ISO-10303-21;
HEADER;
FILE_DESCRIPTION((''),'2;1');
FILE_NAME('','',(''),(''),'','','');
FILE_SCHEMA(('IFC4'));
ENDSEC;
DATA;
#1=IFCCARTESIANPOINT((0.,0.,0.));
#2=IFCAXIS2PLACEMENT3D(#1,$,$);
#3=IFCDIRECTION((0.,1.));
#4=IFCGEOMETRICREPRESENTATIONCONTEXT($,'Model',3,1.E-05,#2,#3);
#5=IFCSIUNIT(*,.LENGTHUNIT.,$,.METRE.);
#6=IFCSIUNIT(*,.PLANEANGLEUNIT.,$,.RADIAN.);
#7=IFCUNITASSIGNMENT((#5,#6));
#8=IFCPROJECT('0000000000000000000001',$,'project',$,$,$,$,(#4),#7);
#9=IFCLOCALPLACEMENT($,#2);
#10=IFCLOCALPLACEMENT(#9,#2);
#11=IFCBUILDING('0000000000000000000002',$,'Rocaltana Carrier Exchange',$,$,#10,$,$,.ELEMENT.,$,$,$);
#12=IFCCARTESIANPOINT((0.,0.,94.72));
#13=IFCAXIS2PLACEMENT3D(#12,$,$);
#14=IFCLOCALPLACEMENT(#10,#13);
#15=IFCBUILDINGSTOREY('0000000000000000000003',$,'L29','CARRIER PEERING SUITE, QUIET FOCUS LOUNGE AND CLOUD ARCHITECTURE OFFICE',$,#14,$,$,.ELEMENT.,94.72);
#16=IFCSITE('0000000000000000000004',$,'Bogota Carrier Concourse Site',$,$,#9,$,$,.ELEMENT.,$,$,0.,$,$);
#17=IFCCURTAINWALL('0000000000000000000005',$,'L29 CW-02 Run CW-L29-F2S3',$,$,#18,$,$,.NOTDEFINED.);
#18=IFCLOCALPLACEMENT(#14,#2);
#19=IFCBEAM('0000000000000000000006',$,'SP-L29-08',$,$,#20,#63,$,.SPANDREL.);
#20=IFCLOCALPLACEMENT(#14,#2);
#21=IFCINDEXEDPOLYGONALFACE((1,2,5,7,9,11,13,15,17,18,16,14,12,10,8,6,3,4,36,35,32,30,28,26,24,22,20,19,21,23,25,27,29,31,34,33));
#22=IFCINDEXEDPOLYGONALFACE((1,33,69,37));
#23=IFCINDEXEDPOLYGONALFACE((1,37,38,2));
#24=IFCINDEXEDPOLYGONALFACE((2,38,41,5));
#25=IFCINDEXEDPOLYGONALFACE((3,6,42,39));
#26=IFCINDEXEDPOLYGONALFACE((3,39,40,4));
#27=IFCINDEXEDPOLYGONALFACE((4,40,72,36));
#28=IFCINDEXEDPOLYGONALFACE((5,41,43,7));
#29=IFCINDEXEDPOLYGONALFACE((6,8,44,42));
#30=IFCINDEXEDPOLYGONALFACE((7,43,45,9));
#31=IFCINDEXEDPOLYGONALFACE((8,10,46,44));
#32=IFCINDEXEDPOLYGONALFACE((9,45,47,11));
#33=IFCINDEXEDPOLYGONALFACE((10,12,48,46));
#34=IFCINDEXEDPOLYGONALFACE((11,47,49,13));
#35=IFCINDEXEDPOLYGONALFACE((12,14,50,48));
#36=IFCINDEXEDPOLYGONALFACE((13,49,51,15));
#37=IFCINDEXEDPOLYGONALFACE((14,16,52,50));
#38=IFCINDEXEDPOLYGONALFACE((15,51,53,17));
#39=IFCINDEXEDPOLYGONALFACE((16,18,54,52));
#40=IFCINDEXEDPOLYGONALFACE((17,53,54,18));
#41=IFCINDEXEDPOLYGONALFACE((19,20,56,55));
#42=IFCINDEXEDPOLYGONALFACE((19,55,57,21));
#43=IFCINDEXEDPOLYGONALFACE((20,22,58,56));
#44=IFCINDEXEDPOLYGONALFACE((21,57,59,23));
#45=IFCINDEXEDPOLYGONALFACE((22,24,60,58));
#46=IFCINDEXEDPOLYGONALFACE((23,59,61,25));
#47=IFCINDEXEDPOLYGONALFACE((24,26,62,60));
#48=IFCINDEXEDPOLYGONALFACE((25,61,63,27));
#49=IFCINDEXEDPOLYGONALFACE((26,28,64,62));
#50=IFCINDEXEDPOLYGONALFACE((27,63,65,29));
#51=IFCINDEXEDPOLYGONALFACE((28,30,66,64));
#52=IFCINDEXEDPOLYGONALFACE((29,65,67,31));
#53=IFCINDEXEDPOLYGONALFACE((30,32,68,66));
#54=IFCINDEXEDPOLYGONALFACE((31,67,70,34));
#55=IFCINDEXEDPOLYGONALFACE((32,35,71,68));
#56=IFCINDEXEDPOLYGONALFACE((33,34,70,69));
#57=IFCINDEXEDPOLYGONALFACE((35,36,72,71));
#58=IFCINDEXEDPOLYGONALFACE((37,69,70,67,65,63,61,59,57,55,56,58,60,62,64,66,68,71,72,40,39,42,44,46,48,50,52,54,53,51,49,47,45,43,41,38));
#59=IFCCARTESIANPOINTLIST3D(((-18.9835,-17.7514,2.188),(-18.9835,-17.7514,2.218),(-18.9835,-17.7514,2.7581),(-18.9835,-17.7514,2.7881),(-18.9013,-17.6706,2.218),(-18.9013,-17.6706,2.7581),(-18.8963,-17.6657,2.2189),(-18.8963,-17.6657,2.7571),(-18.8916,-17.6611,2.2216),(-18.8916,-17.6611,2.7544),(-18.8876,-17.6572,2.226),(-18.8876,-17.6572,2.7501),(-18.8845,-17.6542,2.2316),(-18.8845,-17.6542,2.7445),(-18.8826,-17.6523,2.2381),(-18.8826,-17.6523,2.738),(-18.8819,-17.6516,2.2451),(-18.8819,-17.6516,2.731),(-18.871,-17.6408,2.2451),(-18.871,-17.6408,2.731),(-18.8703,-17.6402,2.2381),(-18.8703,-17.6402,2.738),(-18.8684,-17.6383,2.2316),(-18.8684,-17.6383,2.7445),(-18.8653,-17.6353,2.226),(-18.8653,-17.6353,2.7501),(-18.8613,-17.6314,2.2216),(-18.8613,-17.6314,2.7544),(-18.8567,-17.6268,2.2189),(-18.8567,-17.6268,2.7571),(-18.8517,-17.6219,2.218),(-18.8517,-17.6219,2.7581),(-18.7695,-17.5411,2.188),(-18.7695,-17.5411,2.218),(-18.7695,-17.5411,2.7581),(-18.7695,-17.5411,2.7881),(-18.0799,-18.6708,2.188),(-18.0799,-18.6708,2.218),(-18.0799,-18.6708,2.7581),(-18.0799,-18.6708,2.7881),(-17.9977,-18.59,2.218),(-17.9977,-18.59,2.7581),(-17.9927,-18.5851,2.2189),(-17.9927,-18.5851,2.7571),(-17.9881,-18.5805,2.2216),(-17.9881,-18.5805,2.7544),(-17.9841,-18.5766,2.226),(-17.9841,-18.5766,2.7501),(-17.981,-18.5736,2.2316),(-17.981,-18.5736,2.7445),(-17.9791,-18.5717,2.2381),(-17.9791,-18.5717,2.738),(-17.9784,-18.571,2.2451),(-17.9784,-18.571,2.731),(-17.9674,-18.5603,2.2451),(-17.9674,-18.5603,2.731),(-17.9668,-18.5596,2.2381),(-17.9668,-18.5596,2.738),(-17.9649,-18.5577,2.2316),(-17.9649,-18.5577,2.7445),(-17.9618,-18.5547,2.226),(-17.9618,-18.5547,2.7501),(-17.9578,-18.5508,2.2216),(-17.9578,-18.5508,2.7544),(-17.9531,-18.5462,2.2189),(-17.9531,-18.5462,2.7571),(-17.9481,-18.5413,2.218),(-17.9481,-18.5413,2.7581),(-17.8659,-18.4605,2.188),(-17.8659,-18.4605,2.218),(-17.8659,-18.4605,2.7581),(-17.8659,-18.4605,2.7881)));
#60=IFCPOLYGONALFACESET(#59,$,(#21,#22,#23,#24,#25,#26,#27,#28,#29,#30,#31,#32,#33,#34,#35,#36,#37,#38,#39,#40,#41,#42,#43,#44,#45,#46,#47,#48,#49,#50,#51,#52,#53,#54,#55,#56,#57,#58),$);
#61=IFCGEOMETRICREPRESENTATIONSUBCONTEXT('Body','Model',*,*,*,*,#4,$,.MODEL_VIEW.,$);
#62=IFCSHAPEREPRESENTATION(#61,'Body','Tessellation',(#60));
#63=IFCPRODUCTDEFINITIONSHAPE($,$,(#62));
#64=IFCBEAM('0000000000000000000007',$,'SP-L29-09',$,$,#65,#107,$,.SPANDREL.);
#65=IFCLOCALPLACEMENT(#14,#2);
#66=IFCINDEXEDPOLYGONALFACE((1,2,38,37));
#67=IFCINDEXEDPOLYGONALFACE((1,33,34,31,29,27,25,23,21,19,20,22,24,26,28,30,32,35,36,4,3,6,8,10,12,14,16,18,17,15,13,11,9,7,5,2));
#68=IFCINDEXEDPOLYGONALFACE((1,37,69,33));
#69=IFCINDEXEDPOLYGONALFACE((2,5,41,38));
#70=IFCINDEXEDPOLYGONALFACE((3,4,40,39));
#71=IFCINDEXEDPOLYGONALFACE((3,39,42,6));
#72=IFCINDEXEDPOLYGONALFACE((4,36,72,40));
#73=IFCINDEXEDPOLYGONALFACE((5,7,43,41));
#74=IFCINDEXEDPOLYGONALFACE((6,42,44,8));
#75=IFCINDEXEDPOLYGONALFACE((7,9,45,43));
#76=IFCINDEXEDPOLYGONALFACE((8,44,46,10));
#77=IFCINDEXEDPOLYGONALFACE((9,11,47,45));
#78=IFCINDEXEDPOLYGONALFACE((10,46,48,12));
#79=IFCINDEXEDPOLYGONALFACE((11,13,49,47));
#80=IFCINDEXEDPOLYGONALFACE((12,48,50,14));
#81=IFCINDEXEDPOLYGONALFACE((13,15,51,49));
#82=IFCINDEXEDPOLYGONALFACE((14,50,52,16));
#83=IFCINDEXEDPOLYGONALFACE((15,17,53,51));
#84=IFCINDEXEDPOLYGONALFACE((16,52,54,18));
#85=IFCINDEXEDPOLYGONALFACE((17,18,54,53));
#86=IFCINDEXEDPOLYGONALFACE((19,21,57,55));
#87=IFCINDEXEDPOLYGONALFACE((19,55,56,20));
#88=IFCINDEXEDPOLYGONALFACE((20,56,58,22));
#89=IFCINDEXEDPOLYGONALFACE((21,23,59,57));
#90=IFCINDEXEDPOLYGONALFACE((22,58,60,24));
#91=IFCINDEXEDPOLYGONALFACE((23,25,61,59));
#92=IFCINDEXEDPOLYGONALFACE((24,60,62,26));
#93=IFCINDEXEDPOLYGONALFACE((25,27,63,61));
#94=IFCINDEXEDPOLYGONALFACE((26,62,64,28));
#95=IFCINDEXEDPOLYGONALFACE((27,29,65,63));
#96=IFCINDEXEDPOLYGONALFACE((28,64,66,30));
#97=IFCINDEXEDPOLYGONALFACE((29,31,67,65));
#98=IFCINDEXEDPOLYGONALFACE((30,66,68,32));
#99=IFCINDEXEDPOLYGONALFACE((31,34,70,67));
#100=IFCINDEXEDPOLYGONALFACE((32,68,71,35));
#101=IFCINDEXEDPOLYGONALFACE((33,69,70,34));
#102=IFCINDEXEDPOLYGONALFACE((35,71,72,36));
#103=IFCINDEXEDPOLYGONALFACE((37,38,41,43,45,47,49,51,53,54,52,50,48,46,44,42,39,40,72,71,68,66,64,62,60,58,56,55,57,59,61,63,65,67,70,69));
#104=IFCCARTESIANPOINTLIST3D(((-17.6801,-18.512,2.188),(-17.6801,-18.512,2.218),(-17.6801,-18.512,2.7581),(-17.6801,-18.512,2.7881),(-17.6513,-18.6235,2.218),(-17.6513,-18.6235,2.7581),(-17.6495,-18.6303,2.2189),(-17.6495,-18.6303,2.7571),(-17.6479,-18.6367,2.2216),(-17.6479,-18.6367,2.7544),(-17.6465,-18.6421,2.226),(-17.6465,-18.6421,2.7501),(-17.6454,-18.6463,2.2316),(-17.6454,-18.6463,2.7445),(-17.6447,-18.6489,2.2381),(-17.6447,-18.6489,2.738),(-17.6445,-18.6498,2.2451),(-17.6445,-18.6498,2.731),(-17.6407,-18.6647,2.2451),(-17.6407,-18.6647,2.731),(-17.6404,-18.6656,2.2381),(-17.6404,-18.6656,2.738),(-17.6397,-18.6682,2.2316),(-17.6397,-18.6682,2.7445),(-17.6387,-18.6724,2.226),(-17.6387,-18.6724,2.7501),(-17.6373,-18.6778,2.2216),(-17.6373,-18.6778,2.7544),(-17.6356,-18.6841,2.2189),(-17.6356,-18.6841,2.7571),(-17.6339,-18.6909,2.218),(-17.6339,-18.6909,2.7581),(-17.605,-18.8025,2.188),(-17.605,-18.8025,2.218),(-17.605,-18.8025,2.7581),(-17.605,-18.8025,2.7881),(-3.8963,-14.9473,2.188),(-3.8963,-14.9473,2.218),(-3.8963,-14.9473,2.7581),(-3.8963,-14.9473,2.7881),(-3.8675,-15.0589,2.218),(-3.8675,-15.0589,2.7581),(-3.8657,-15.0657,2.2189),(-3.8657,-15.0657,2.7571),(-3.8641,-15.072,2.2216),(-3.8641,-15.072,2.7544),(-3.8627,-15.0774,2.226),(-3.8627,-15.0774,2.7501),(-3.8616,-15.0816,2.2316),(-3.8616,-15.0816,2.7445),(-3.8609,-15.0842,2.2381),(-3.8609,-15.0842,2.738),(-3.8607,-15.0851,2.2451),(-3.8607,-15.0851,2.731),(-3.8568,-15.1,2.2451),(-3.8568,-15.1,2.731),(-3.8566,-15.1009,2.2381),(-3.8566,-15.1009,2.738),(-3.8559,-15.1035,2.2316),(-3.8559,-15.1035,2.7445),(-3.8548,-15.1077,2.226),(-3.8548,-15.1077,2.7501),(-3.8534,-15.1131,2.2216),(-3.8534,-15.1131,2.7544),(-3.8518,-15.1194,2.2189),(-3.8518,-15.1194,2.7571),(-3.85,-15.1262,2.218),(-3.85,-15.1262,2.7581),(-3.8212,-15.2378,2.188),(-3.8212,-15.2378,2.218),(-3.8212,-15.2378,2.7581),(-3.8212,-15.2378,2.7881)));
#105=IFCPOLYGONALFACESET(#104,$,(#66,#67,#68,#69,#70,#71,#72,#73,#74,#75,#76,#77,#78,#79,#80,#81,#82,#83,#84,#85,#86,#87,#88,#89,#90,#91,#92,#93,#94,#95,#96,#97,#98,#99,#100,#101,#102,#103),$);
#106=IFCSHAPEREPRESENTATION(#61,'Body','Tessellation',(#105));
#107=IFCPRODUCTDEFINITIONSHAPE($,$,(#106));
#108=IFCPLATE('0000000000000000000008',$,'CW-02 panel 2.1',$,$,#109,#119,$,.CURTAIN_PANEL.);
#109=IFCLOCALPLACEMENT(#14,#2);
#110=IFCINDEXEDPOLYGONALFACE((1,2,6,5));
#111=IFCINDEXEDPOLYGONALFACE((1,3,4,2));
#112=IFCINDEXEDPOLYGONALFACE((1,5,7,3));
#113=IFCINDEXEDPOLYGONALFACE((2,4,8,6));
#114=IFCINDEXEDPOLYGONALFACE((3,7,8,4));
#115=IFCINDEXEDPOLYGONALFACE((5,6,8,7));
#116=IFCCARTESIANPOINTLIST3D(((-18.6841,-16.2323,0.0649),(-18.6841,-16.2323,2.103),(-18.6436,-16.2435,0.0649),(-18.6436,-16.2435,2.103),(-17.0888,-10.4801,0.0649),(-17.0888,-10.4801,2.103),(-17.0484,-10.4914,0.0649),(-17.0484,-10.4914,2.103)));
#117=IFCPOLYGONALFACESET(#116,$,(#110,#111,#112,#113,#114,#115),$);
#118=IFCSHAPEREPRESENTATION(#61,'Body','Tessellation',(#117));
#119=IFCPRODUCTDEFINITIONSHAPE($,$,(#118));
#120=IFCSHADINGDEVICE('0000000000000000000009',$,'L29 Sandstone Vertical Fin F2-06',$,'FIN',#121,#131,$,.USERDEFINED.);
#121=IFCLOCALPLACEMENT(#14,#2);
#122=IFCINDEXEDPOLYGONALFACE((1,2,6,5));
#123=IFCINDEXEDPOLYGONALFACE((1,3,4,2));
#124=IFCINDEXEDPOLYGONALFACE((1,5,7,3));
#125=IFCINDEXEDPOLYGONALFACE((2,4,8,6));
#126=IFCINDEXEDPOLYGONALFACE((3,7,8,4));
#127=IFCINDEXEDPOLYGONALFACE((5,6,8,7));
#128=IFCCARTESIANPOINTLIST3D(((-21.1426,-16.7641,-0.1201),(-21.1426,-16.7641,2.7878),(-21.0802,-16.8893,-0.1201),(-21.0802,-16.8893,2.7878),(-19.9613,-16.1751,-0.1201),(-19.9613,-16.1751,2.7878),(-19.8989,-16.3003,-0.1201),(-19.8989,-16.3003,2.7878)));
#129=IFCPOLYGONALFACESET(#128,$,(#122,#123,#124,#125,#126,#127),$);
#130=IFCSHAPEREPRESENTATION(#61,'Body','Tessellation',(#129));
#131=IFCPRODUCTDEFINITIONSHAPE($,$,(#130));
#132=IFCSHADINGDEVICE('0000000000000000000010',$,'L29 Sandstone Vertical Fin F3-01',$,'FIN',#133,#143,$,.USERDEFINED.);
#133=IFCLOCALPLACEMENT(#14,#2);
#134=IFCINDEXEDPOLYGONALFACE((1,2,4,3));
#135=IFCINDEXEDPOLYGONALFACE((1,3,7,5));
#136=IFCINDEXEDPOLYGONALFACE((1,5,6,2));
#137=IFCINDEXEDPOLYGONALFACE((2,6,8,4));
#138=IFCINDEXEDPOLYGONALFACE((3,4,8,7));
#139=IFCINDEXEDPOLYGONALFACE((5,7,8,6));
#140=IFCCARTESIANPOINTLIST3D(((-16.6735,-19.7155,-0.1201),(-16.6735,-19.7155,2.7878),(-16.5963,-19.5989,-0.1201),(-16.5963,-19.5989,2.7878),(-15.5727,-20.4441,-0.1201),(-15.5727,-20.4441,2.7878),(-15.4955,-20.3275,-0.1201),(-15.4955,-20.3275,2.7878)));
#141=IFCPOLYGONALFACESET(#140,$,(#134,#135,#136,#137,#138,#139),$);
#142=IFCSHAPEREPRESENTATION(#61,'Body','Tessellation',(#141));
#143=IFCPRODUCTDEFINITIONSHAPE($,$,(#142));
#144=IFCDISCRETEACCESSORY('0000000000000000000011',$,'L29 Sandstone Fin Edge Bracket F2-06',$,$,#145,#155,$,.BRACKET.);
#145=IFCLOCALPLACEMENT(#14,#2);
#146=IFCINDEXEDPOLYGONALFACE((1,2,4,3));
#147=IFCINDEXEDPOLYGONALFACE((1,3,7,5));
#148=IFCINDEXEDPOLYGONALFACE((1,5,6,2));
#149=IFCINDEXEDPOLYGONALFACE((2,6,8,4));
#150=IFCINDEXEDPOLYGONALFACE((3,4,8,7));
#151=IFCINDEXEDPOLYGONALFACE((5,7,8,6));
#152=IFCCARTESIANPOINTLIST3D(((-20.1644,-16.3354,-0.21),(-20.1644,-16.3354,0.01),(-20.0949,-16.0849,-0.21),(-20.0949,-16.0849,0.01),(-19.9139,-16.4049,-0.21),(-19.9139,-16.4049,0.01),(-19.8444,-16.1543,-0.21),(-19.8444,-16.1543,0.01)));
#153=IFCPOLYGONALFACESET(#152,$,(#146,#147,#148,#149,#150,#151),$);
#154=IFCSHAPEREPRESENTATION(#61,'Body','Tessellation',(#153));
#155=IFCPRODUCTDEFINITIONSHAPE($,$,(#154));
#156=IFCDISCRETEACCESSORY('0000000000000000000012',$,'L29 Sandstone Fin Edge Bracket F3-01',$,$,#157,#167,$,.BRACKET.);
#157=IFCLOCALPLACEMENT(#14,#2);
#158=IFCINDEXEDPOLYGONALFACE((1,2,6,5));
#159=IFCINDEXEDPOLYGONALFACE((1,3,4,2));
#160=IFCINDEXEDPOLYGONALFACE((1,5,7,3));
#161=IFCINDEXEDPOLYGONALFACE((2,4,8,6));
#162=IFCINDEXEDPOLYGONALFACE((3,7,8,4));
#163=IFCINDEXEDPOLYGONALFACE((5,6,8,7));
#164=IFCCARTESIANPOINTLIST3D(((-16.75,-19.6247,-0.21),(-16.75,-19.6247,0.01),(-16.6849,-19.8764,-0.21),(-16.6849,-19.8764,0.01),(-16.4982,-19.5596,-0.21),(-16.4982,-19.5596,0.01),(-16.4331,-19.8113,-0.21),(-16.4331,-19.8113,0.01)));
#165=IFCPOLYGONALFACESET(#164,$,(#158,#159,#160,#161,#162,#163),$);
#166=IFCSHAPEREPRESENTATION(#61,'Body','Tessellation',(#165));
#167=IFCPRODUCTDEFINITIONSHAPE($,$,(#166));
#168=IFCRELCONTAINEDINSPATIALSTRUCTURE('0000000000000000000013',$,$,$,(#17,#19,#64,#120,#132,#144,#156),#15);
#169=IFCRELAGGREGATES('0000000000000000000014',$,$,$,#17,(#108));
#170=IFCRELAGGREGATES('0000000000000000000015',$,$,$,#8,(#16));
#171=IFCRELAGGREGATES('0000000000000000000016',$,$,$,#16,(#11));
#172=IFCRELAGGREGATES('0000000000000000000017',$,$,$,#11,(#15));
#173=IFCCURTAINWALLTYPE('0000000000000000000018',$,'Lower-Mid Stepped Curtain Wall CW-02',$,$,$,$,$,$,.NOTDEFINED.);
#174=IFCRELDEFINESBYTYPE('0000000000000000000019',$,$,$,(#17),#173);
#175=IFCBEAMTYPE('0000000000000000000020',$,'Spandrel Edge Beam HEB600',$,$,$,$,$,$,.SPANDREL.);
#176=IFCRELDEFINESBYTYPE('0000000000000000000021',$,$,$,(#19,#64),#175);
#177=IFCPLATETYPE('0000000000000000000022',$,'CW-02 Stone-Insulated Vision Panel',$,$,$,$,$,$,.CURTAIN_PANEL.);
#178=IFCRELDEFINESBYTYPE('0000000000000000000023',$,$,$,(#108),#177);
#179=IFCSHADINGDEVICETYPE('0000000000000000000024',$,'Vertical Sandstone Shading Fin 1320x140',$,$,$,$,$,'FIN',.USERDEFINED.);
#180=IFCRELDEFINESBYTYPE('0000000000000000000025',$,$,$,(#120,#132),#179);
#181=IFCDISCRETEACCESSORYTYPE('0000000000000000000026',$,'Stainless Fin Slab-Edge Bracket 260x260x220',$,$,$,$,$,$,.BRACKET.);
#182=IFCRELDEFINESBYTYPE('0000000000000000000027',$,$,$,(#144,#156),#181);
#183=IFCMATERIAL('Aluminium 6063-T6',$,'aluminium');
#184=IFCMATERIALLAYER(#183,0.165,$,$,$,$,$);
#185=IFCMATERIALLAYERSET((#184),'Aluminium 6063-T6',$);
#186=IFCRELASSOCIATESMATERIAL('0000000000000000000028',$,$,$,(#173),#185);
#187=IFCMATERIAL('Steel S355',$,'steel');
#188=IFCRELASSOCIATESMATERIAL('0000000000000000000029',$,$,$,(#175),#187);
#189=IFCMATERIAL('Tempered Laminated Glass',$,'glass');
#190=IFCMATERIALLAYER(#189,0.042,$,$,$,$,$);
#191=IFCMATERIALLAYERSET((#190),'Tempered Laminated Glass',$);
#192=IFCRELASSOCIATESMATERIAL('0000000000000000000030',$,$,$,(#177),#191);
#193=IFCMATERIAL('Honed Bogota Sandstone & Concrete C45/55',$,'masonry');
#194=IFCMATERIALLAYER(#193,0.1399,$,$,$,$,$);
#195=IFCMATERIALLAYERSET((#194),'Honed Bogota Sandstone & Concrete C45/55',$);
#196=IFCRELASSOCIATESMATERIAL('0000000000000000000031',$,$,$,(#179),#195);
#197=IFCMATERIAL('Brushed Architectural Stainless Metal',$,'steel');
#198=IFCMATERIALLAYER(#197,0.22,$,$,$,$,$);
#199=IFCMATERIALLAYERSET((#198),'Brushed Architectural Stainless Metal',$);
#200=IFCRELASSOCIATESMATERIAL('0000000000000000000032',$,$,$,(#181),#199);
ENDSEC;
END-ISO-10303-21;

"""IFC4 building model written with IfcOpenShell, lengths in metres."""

from ifc_helpers import new_model, si_unit, direction, frame, origin, origin_2d, place, context, subcontext, project, spatial, rectangle, i_section, extrude, material, layer, layer_set, material_profile, profile_set, type_object, element, aggregate, save


model = new_model("IFC4")

# Units and contexts
model_context = context("Model", 3, precision=1e-05, world=origin(), true_north=direction((0.0, 1.0)))
body_context = subcontext(model_context, "Body", "Model", "MODEL_VIEW")
ifc_project = project(units=[si_unit("LENGTHUNIT", "METRE"), si_unit("PLANEANGLEUNIT", "RADIAN")], contexts=[model_context])

# Site, building, storey
site_placement = place(None, origin())
site = spatial("IfcSite", under=ifc_project, at=site_placement, Name="Bogota Carrier Concourse Site", CompositionType="ELEMENT", RefElevation=0.0)
building_placement = place(site_placement, origin())
building = spatial("IfcBuilding", under=site, at=building_placement, Name="Rocaltana Carrier Exchange", CompositionType="ELEMENT")
storey_placement = place(building_placement, frame((0.0, 0.0, 94.72)))
storey = spatial("IfcBuildingStorey", under=building, at=storey_placement, Name="L29", Description="CARRIER PEERING SUITE, QUIET FOCUS LOUNGE AND CLOUD ARCHITECTURE OFFICE", CompositionType="ELEMENT", Elevation=94.72)

# Curtain wall
ifc_material_1 = material(Name="Aluminium 6063-T6", Category="aluminium")
ifc_layer_1 = layer(ifc_material_1, 0.165)
ifc_layer_set_1 = layer_set([ifc_layer_1], Name="Aluminium 6063-T6")
curtain_wall_type = type_object("IfcCurtainWallType", Name="Lower-Mid Stepped Curtain Wall CW-02", PredefinedType="NOTDEFINED", material=ifc_layer_set_1)
curtain_wall_1_placement = place(storey_placement, origin())
curtain_wall_1 = element("IfcCurtainWall", 1, at=curtain_wall_1_placement, inside=storey, type_object=curtain_wall_type, Name="L29 CW-02 Run CW-L29-F2S3", PredefinedType="NOTDEFINED")

# Beams
ifc_material_2 = material(Name="Steel S355", Category="steel")
ifc_material_profile_1 = material_profile(ifc_material_2, i_section(OverallWidth=0.3, OverallDepth=0.6001, WebThickness=0.0154, FlangeThickness=0.03, FilletRadius=0.0271, at=origin_2d()), Name="HEB600")
ifc_profile_set_1 = profile_set([ifc_material_profile_1], Name="Steel S355")
beam_type_1 = type_object("IfcBeamType", Name="Spandrel Edge Beam HEB600", PredefinedType="SPANDREL", material=ifc_profile_set_1)
beam_1_placement = place(storey_placement, frame((-18.8765, -17.6462, 2.488), z_axis=(0.700925, -0.713235, 0.0), x_axis=(0.713235, 0.700925, 0.0)))
element("IfcBeam", 2, at=beam_1_placement, inside=storey, type_object=beam_type_1, Name="SP-L29-08", PredefinedType="SPANDREL", context=body_context, shape_type="SweptSolid", body=[
    extrude(i_section(OverallWidth=0.3, OverallDepth=0.6001, WebThickness=0.0154, FlangeThickness=0.03, FilletRadius=0.0271, at=origin_2d()), origin(), (0.0, 0.0, 1.0), 1.2891),
])
beam_2_placement = place(storey_placement, frame((-17.6426, -18.6572, 2.488), z_axis=(0.968149, 0.250375, 0.0), x_axis=(-0.250375, 0.968149, 0.0)))
element("IfcBeam", 3, at=beam_2_placement, inside=storey, type_object=beam_type_1, Name="SP-L29-09", PredefinedType="SPANDREL", context=body_context, shape_type="SweptSolid", body=[
    extrude(i_section(OverallWidth=0.3, OverallDepth=0.6001, WebThickness=0.0154, FlangeThickness=0.03, FilletRadius=0.0271, at=origin_2d()), origin(), (0.0, 0.0, 1.0), 14.2373),
])

# Plate
ifc_material_3 = material(Name="Tempered Laminated Glass", Category="glass")
ifc_layer_2 = layer(ifc_material_3, 0.042)
ifc_layer_set_2 = layer_set([ifc_layer_2], Name="Tempered Laminated Glass")
plate_type = type_object("IfcPlateType", Name="CW-02 Stone-Insulated Vision Panel", PredefinedType="CURTAIN_PANEL", material=ifc_layer_set_2)
plate_placement = place(storey_placement, frame((-17.8662, -13.3618, 0.0649), z_axis=(0.0, 0.0, 1.0), x_axis=(-0.267243, -0.963629, 0.0)))
plate = element("IfcPlate", 4, at=plate_placement, type_object=plate_type, Name="CW-02 panel 2.1", PredefinedType="CURTAIN_PANEL", context=body_context, shape_type="SweptSolid", body=[
    extrude(rectangle(XDim=5.9692, YDim=0.042, at=origin_2d()), origin(), (0.0, 0.0, 1.0), 2.0381),
])
aggregate(curtain_wall_1, [plate])

# Shading devices
ifc_material_4 = material(Name="Honed Bogota Sandstone & Concrete C45/55", Category="masonry")
ifc_layer_3 = layer(ifc_material_4, 0.1399)
ifc_layer_set_3 = layer_set([ifc_layer_3], Name="Honed Bogota Sandstone & Concrete C45/55")
shading_device_type = type_object("IfcShadingDeviceType", Name="Vertical Sandstone Shading Fin 1320x140", ElementType="FIN", PredefinedType="USERDEFINED", material=ifc_layer_set_3)
for number, where, z_axis, x_axis, name in (
    (5, (-20.5208, -16.5322, -0.1201), (0.0, 0.0, 1.0), (-0.894934, -0.446198, 0.0), "L29 Sandstone Vertical Fin F2-06"),
    (6, (-16.0845, -20.0215, -0.1201), (0.0, 0.0, 1.0), (0.833886, -0.551937, 0.0), "L29 Sandstone Vertical Fin F3-01"),
):
    element("IfcShadingDevice", number, at=place(storey_placement, frame(where, z_axis=z_axis, x_axis=x_axis)), inside=storey, type_object=shading_device_type, Name=name, ObjectType="FIN", PredefinedType="USERDEFINED", context=body_context, shape_type="SweptSolid", body=[
        extrude(rectangle(XDim=1.3201, YDim=0.1399, at=origin_2d()), origin(), (0.0, 0.0, 1.0), 2.908),
    ])

# Discrete accessories
ifc_material_5 = material(Name="Brushed Architectural Stainless Metal", Category="steel")
ifc_layer_4 = layer(ifc_material_5, 0.22)
ifc_layer_set_4 = layer_set([ifc_layer_4], Name="Brushed Architectural Stainless Metal")
discrete_accessory_type = type_object("IfcDiscreteAccessoryType", Name="Stainless Fin Slab-Edge Bracket 260x260x220", PredefinedType="BRACKET", material=ifc_layer_set_4)
for number, where, z_axis, x_axis, name in (
    (7, (-20.0044, -16.2449, -0.21), (0.0, 0.0, 1.0), (-0.267238, -0.96363, 0.0), "L29 Sandstone Fin Edge Bracket F2-06"),
    (8, (-16.5916, -19.718, -0.21), (0.0, 0.0, 1.0), (0.968148, 0.25038, 0.0), "L29 Sandstone Fin Edge Bracket F3-01"),
):
    element("IfcDiscreteAccessory", number, at=place(storey_placement, frame(where, z_axis=z_axis, x_axis=x_axis)), inside=storey, type_object=discrete_accessory_type, Name=name, PredefinedType="BRACKET", context=body_context, shape_type="SweptSolid", body=[
        extrude(rectangle(XDim=0.26, YDim=0.26, at=origin_2d()), origin(), (0.0, 0.0, 1.0), 0.22),
    ])

save(model, "model.ifc")
